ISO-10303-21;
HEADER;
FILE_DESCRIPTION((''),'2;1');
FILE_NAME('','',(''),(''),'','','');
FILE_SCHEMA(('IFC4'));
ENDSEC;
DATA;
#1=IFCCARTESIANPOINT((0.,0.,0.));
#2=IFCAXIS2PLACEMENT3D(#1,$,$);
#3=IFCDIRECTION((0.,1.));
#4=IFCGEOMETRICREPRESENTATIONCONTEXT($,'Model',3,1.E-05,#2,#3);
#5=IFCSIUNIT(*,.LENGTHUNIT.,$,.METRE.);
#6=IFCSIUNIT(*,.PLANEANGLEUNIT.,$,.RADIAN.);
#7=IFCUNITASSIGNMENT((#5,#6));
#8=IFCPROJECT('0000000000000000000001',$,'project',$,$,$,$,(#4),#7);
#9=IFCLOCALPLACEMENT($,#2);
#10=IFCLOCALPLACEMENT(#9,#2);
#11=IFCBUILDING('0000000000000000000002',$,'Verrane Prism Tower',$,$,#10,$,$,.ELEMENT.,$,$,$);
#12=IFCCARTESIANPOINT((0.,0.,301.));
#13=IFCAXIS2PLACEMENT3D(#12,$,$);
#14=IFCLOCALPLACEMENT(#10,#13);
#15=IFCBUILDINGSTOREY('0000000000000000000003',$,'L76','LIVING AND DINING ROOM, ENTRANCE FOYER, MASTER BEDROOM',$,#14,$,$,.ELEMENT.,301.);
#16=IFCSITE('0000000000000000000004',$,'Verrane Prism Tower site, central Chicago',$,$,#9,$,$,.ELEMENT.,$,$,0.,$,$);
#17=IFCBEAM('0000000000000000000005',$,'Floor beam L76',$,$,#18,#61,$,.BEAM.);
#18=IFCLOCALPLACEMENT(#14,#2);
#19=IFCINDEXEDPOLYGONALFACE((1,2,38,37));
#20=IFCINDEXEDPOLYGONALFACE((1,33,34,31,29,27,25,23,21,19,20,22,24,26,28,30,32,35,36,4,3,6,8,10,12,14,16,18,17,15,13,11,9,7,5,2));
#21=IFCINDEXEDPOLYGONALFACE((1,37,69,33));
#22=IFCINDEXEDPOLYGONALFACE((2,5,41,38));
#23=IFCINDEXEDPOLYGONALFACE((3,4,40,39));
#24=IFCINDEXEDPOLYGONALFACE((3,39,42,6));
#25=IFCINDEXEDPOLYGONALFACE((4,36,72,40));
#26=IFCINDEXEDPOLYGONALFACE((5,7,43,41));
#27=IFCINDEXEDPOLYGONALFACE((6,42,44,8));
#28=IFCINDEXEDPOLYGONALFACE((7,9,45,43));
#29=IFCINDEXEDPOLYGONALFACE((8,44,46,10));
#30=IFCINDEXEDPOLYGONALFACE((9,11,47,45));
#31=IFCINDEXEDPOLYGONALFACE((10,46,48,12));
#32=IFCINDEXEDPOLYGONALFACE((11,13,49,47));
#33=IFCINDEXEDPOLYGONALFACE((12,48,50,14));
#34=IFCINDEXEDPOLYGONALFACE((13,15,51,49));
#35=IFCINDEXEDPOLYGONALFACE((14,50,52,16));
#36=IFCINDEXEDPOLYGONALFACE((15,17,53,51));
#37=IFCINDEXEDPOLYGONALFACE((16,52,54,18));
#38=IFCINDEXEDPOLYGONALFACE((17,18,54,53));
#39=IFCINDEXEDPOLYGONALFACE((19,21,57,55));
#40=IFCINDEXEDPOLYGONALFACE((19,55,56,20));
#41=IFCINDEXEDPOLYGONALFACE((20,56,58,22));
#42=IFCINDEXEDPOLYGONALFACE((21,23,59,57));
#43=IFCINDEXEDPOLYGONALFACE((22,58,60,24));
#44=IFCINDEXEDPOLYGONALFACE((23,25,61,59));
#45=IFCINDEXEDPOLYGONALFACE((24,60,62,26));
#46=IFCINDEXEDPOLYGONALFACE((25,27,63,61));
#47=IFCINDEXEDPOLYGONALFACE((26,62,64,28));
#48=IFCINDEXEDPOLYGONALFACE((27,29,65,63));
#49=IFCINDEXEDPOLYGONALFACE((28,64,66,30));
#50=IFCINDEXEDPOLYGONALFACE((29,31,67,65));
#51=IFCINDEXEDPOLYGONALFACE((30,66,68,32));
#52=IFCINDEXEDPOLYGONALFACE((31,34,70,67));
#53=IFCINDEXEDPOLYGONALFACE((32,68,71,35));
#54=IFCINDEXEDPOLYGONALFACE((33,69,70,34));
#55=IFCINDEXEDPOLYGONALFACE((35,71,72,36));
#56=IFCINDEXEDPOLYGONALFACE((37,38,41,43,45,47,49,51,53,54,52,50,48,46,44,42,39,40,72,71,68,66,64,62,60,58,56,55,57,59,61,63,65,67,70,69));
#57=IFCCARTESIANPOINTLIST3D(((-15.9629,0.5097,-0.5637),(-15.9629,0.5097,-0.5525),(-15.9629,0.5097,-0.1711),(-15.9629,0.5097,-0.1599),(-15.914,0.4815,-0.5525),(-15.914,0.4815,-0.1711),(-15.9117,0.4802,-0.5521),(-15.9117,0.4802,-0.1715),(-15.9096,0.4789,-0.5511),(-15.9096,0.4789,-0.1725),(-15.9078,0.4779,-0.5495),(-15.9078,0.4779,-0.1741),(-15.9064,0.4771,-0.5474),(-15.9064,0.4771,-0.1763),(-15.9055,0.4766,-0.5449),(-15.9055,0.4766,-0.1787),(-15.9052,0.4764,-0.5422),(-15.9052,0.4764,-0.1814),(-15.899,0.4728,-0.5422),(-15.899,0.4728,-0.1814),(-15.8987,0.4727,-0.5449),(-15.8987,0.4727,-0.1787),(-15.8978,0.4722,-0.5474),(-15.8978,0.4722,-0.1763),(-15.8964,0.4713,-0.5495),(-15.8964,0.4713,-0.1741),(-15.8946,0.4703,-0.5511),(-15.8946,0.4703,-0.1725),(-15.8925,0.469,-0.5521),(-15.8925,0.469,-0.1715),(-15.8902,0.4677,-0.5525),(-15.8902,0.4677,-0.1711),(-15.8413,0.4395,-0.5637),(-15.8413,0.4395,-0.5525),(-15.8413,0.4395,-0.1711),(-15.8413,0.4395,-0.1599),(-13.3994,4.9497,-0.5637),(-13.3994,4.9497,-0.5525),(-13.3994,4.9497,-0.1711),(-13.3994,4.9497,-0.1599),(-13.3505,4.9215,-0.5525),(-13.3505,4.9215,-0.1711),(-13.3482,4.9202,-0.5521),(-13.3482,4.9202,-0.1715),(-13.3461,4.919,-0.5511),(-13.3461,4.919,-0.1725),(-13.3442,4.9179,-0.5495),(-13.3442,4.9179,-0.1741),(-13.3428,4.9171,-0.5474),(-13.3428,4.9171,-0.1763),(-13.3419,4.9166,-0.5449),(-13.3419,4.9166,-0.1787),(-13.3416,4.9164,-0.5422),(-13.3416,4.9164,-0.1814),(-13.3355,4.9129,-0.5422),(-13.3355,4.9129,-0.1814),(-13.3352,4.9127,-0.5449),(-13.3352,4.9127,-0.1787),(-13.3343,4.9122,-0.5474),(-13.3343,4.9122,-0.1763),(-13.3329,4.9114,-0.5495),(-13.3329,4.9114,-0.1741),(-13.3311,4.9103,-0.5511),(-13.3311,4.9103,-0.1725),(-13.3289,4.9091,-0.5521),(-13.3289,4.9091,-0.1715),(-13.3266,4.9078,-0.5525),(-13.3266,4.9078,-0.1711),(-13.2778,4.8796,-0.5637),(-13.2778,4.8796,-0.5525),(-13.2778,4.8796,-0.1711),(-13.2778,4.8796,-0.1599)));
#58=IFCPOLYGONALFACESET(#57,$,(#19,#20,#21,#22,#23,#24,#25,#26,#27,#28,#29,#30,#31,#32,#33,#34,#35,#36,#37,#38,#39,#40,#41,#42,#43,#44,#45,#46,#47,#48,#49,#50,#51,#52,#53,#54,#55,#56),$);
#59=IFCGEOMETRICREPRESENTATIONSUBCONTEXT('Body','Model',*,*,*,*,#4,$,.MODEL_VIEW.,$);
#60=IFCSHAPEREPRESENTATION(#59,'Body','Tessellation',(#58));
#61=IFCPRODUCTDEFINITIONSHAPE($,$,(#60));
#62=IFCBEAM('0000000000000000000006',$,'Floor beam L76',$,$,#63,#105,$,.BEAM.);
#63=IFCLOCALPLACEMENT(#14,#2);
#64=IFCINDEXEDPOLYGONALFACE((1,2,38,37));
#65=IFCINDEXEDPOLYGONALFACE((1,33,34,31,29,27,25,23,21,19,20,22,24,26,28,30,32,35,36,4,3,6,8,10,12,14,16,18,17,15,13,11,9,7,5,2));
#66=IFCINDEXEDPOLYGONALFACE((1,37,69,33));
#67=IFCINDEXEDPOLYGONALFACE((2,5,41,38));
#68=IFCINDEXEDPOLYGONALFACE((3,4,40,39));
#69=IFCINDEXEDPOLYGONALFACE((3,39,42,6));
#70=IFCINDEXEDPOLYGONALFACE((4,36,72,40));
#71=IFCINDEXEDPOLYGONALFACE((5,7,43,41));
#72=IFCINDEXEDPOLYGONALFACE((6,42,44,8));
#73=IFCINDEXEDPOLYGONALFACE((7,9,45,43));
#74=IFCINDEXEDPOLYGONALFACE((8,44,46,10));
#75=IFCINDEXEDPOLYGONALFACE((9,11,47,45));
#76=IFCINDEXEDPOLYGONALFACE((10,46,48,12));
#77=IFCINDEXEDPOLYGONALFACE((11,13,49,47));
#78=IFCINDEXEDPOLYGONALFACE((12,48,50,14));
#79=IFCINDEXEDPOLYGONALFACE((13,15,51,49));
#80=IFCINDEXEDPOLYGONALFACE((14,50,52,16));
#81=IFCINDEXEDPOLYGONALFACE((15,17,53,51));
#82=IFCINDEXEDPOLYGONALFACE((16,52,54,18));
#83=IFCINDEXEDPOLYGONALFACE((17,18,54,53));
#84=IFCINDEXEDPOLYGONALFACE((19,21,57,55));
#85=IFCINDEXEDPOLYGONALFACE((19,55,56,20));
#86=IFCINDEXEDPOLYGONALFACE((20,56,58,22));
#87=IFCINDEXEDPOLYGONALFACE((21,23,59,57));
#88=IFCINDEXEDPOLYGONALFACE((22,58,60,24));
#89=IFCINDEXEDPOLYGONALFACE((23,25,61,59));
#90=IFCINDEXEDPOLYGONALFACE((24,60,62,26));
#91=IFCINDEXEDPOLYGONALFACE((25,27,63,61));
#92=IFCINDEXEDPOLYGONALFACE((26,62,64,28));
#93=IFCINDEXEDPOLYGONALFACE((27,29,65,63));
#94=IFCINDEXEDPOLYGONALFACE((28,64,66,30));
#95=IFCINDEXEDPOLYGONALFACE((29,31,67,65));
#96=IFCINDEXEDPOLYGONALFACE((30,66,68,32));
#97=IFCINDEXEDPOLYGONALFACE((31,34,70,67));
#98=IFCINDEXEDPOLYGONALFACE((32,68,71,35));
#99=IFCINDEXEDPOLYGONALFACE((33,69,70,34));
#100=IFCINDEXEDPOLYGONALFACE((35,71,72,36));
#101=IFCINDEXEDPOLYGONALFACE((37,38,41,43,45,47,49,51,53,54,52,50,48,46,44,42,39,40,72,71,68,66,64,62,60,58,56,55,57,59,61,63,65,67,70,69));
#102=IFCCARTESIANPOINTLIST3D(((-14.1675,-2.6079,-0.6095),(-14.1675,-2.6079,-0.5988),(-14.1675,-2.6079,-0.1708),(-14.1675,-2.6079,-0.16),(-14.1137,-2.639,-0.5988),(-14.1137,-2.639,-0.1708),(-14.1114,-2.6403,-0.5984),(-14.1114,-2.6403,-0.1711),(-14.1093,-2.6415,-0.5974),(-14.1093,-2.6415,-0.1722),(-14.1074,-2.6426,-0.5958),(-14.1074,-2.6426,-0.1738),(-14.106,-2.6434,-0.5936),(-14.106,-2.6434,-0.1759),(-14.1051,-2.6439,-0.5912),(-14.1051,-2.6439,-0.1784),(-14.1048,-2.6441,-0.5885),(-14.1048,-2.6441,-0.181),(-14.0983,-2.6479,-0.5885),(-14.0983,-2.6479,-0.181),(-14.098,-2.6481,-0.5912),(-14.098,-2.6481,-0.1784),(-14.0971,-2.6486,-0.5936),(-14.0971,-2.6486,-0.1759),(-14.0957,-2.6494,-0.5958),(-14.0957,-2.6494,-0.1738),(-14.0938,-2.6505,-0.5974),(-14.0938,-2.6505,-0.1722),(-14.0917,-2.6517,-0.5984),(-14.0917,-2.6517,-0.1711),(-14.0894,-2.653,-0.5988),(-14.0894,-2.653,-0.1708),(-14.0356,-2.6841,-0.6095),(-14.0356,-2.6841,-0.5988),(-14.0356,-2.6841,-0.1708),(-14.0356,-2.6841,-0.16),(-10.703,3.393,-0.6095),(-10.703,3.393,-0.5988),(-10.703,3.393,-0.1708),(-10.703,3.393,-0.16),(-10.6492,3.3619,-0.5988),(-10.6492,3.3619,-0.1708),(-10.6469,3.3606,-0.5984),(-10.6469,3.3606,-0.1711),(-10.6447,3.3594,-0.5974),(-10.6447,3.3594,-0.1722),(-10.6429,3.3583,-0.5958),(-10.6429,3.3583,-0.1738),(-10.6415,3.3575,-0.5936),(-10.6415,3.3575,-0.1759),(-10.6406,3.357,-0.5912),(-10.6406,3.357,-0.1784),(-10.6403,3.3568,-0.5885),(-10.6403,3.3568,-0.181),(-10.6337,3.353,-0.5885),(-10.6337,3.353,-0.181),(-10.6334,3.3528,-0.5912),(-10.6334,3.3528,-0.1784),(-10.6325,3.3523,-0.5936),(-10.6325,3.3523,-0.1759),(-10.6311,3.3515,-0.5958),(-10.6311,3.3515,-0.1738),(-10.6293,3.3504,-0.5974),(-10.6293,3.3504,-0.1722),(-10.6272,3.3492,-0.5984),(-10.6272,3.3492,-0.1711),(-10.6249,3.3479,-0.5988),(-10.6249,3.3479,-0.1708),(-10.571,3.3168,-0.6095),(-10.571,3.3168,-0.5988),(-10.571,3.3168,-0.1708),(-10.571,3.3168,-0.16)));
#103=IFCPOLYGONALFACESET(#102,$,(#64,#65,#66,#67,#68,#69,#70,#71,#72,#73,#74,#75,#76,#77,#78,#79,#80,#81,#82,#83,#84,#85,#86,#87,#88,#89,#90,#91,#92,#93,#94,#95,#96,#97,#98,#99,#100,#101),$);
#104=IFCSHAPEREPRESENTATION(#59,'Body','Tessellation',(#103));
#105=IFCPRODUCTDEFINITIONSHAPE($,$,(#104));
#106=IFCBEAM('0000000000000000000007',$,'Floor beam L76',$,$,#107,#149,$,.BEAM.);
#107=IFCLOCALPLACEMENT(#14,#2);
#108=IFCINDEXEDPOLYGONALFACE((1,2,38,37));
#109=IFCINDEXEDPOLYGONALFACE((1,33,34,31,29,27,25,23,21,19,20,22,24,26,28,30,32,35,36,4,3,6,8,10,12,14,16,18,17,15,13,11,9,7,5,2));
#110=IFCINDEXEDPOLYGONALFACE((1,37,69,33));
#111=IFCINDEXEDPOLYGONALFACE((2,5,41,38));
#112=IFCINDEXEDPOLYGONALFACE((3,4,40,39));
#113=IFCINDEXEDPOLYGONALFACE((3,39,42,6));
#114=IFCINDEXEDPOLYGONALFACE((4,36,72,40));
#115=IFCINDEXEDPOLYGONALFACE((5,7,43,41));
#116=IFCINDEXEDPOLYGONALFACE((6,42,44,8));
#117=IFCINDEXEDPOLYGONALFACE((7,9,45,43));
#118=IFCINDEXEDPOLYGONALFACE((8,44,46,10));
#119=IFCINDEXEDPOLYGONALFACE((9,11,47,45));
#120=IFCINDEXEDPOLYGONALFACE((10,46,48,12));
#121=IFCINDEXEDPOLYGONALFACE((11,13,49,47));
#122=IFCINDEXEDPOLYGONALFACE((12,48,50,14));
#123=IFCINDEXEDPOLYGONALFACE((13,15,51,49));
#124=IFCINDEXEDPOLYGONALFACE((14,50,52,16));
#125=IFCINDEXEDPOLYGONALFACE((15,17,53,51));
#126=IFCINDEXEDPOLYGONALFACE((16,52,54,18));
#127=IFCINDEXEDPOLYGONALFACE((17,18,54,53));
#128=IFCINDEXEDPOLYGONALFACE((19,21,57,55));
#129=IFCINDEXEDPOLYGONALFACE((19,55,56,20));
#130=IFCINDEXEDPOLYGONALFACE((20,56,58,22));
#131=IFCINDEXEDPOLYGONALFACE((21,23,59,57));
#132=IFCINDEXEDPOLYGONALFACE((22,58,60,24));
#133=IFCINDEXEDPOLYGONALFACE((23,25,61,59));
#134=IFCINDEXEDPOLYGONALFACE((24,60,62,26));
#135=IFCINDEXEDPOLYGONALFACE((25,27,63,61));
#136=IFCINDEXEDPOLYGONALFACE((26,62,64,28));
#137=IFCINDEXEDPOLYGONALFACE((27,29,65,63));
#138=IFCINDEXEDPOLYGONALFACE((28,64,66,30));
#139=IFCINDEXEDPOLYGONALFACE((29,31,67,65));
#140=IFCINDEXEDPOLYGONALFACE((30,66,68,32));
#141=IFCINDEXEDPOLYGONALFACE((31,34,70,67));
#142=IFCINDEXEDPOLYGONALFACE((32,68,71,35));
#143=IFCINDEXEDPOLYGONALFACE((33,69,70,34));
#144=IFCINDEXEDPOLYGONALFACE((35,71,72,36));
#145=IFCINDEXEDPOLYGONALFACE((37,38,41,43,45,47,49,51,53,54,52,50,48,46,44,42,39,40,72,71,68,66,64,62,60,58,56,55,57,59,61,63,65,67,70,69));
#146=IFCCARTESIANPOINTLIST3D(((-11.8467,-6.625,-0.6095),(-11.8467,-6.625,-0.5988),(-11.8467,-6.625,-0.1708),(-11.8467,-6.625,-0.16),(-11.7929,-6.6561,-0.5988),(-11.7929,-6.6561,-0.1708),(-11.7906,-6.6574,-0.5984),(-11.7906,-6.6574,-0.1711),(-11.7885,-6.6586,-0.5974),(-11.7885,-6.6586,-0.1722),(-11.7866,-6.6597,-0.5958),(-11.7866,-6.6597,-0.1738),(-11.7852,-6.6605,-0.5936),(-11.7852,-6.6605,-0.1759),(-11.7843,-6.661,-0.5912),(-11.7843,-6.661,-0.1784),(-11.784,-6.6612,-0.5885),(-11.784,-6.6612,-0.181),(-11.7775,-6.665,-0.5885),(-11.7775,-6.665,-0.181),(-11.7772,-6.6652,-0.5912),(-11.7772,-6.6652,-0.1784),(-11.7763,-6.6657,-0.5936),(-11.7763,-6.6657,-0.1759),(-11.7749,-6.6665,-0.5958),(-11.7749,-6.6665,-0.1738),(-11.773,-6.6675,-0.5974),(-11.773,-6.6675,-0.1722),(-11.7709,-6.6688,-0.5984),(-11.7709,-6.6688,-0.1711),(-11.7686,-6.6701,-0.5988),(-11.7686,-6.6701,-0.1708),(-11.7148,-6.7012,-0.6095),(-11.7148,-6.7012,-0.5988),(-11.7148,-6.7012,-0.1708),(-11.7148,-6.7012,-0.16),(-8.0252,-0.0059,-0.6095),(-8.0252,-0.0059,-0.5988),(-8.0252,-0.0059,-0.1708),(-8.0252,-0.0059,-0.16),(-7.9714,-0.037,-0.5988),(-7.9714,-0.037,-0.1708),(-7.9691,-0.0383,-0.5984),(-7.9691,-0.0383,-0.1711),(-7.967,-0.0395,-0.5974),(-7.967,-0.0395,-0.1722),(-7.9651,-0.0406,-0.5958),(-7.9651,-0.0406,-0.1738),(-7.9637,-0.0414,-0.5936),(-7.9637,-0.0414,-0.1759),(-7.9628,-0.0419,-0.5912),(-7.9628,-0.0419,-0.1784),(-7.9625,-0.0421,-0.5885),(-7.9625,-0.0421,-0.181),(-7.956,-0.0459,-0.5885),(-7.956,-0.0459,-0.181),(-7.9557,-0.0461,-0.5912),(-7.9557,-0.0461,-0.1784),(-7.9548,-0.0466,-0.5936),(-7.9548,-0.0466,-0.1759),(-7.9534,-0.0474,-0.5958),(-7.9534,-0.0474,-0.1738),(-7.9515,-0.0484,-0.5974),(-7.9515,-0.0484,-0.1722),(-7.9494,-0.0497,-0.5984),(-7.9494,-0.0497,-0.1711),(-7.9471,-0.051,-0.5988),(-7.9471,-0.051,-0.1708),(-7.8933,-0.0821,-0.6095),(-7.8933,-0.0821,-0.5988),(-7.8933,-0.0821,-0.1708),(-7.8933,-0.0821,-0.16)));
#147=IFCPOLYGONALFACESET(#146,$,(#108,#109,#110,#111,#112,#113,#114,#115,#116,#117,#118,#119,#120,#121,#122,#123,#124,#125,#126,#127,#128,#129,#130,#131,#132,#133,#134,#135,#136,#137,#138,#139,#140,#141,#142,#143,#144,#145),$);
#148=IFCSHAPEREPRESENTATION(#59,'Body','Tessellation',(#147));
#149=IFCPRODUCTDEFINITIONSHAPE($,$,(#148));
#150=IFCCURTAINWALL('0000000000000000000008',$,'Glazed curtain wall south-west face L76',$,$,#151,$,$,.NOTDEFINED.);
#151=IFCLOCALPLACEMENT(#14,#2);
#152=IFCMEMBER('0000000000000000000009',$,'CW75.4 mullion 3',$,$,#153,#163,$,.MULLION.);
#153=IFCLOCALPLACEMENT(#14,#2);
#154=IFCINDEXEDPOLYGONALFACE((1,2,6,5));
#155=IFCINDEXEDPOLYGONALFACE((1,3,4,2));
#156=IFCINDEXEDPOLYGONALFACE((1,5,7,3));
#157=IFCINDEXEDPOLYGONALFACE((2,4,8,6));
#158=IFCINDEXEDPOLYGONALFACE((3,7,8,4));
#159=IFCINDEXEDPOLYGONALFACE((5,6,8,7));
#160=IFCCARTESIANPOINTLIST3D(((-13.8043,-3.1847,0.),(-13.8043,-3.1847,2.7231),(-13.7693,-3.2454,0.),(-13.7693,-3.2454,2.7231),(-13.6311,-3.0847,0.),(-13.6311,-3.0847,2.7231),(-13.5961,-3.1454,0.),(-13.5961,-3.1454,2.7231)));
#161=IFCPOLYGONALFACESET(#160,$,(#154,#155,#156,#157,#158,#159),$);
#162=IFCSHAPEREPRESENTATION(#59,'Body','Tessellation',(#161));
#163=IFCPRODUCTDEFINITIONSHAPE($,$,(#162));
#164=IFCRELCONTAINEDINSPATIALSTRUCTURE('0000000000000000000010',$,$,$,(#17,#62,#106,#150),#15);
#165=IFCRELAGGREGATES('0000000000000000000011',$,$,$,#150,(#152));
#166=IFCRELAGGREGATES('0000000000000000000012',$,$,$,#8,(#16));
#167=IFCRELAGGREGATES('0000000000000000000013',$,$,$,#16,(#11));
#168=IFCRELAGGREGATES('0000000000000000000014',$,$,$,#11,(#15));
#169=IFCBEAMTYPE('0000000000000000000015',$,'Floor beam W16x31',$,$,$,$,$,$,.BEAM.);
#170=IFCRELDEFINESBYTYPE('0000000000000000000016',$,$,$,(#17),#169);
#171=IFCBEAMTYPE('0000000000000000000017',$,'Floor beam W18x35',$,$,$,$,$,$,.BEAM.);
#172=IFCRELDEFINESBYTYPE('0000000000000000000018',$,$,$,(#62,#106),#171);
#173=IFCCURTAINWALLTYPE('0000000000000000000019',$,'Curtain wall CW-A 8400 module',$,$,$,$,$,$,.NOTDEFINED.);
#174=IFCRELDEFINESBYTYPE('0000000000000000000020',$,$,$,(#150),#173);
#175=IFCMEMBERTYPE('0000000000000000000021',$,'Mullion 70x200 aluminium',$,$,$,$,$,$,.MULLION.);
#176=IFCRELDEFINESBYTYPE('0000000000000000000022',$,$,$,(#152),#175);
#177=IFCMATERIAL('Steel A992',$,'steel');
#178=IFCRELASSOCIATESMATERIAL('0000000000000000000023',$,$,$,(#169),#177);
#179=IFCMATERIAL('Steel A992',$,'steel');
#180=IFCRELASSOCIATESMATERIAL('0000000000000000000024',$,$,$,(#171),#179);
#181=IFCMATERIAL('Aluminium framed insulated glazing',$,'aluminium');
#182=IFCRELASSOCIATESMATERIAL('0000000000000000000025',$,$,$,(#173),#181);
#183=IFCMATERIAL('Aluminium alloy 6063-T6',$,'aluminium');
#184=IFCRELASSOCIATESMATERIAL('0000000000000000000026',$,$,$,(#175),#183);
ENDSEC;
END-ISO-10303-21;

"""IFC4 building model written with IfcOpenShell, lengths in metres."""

from ifc_helpers import new_model, si_unit, direction, frame, origin, origin_2d, place, context, subcontext, project, spatial, rectangle, i_section, extrude, material, material_profile, profile_set, type_object, element, aggregate, save


model = new_model("IFC4")

# Units and contexts
model_context = context("Model", 3, precision=1e-05, world=origin(), true_north=direction((0.0, 1.0)))
body_context = subcontext(model_context, "Body", "Model", "MODEL_VIEW")
ifc_project = project(units=[si_unit("LENGTHUNIT", "METRE"), si_unit("PLANEANGLEUNIT", "RADIAN")], contexts=[model_context])

# Site, building, storey
site_placement = place(None, origin())
site = spatial("IfcSite", under=ifc_project, at=site_placement, Name="Verrane Prism Tower site, central Chicago", CompositionType="ELEMENT", RefElevation=0.0)
building_placement = place(site_placement, origin())
building = spatial("IfcBuilding", under=site, at=building_placement, Name="Verrane Prism Tower", CompositionType="ELEMENT")
storey_placement = place(building_placement, frame((0.0, 0.0, 301.0)))
storey = spatial("IfcBuildingStorey", under=building, at=storey_placement, Name="L76", Description="LIVING AND DINING ROOM, ENTRANCE FOYER, MASTER BEDROOM", CompositionType="ELEMENT", Elevation=301.0)

# Beams
ifc_material_1 = material(Name="Steel A992", Category="steel")
ifc_material_profile_1 = material_profile(ifc_material_1, i_section(OverallWidth=0.1404, OverallDepth=0.4038, WebThickness=0.0071, FlangeThickness=0.0112, FilletRadius=0.0103, at=origin_2d()), Name="W16x31")
ifc_profile_set_1 = profile_set([ifc_material_profile_1], Name="Steel A992")
beam_type_1 = type_object("IfcBeamType", Name="Floor beam W16x31", PredefinedType="BEAM", material=ifc_profile_set_1)
beam_1_placement = place(storey_placement, frame((-15.9021, 0.4746, -0.3618), z_axis=(0.500011, 0.866019, 0.0), x_axis=(-0.866019, 0.500011, 0.0)))
element("IfcBeam", 1, at=beam_1_placement, inside=storey, type_object=beam_type_1, Name="Floor beam L76", PredefinedType="BEAM", context=body_context, shape_type="SweptSolid", body=[
    extrude(i_section(OverallWidth=0.1404, OverallDepth=0.4038, WebThickness=0.0071, FlangeThickness=0.0112, FilletRadius=0.0103, at=origin_2d()), origin(), (0.0, 0.0, 1.0), 5.127),
])
ifc_material_2 = material(Name="Steel A992", Category="steel")
ifc_material_profile_2 = material_profile(ifc_material_2, i_section(OverallWidth=0.1523, OverallDepth=0.4495, WebThickness=0.0076, FlangeThickness=0.0107, FilletRadius=0.0103, at=origin_2d()), Name="W18x35")
ifc_profile_set_2 = profile_set([ifc_material_profile_2], Name="Steel A992")
beam_type_2 = type_object("IfcBeamType", Name="Floor beam W18x35", PredefinedType="BEAM", material=ifc_profile_set_2)
beam_2_placement = place(storey_placement, frame((-14.1016, -2.646, -0.3848), z_axis=(0.499993, 0.86603, 0.0), x_axis=(-0.86603, 0.499993, 0.0)))
element("IfcBeam", 2, at=beam_2_placement, inside=storey, type_object=beam_type_2, Name="Floor beam L76", PredefinedType="BEAM", context=body_context, shape_type="SweptSolid", body=[
    extrude(i_section(OverallWidth=0.1523, OverallDepth=0.4495, WebThickness=0.0076, FlangeThickness=0.0107, FilletRadius=0.0103, at=origin_2d()), origin(), (0.0, 0.0, 1.0), 6.9292),
])
beam_3_placement = place(storey_placement, frame((-11.7808, -6.6631, -0.3848), z_axis=(0.499997, 0.866027, 0.0), x_axis=(-0.866027, 0.499997, 0.0)))
element("IfcBeam", 3, at=beam_3_placement, inside=storey, type_object=beam_type_2, Name="Floor beam L76", PredefinedType="BEAM", context=body_context, shape_type="SweptSolid", body=[
    extrude(i_section(OverallWidth=0.1523, OverallDepth=0.4495, WebThickness=0.0076, FlangeThickness=0.0107, FilletRadius=0.0103, at=origin_2d()), origin(), (0.0, 0.0, 1.0), 7.6431),
])

# Curtain wall, member
ifc_material_3 = material(Name="Aluminium framed insulated glazing", Category="aluminium")
curtain_wall_type = type_object("IfcCurtainWallType", Name="Curtain wall CW-A 8400 module", PredefinedType="NOTDEFINED", material=ifc_material_3)
curtain_wall_placement = place(storey_placement, origin())
curtain_wall = element("IfcCurtainWall", 4, at=curtain_wall_placement, inside=storey, type_object=curtain_wall_type, Name="Glazed curtain wall south-west face L76", PredefinedType="NOTDEFINED")
ifc_material_4 = material(Name="Aluminium alloy 6063-T6", Category="aluminium")
ifc_material_profile_3 = material_profile(ifc_material_4, rectangle(XDim=0.2, YDim=0.0701, at=origin_2d()), Name="Mullion 70x200 aluminium")
ifc_profile_set_3 = profile_set([ifc_material_profile_3], Name="Aluminium alloy 6063-T6")
member_type_1 = type_object("IfcMemberType", Name="Mullion 70x200 aluminium", PredefinedType="MULLION", material=ifc_profile_set_3)
member_1_placement = place(storey_placement, frame((-13.7002, -3.165, 0.0), z_axis=(0.0, 0.0, 1.0), x_axis=(0.866025, 0.500001, 0.0)))
member_1 = element("IfcMember", 5, at=member_1_placement, type_object=member_type_1, Name="CW75.4 mullion 3", PredefinedType="MULLION", context=body_context, shape_type="SweptSolid", body=[
    extrude(rectangle(XDim=0.2, YDim=0.0701, at=origin_2d()), origin(), (0.0, 0.0, 1.0), 2.7231),
])

aggregate(curtain_wall, [member_1])

save(model, "model.ifc")
